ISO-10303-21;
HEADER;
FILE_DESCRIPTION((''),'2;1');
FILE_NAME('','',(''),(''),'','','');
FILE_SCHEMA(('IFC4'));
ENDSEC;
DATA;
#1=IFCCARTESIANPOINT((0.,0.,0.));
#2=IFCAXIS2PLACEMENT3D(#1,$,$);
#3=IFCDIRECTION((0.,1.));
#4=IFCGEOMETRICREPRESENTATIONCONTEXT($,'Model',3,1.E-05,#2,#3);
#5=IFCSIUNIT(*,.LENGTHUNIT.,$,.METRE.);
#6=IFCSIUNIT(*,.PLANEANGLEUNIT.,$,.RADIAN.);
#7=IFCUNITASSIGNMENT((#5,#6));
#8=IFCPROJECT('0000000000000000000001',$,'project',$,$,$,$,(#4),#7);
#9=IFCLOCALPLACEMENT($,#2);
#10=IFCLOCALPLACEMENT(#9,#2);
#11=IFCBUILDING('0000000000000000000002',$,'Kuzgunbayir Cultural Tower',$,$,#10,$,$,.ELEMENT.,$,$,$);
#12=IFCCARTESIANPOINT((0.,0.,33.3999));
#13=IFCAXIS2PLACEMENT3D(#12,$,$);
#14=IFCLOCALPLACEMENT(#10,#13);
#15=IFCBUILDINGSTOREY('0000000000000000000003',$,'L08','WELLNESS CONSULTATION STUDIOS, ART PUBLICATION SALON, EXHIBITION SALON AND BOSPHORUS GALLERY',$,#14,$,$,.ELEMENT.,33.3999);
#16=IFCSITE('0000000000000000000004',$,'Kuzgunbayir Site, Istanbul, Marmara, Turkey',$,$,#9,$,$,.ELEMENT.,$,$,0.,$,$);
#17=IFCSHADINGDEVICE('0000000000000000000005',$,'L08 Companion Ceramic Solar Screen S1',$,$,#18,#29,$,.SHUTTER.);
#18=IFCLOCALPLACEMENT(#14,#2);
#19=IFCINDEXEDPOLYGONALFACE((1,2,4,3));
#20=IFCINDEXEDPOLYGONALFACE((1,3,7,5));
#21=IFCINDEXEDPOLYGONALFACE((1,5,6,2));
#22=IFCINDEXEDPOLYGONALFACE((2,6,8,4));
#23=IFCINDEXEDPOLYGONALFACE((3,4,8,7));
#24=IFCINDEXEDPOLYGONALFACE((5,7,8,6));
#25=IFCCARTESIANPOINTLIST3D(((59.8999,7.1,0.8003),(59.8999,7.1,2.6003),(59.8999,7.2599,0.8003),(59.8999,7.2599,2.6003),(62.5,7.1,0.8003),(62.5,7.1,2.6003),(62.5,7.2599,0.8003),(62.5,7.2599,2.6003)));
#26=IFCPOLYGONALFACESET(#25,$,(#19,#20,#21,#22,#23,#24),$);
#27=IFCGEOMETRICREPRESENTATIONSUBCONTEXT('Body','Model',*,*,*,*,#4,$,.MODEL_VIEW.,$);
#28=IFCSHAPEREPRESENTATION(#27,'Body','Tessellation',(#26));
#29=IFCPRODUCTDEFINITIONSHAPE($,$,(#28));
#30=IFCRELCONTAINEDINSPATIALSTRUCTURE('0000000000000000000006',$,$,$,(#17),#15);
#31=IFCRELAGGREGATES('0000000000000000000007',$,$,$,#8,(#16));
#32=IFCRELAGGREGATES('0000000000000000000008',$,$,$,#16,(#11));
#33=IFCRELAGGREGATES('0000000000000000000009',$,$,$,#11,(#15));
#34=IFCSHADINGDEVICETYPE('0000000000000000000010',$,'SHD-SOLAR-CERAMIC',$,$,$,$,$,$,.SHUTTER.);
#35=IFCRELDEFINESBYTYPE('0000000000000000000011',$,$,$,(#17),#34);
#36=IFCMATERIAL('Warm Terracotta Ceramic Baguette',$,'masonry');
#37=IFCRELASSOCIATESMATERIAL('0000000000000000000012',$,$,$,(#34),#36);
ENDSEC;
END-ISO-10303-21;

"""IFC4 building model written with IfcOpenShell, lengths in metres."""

from ifc_helpers import new_model, si_unit, direction, frame, origin, origin_2d, place, context, subcontext, project, spatial, rectangle, extrude, material, type_object, element, save


model = new_model("IFC4")

# Units and contexts
model_context = context("Model", 3, precision=1e-05, world=origin(), true_north=direction((0.0, 1.0)))
body_context = subcontext(model_context, "Body", "Model", "MODEL_VIEW")
ifc_project = project(units=[si_unit("LENGTHUNIT", "METRE"), si_unit("PLANEANGLEUNIT", "RADIAN")], contexts=[model_context])

# Site, building, storey
site_placement = place(None, origin())
site = spatial("IfcSite", under=ifc_project, at=site_placement, Name="Kuzgunbayir Site, Istanbul, Marmara, Turkey", CompositionType="ELEMENT", RefElevation=0.0)
building_placement = place(site_placement, origin())
building = spatial("IfcBuilding", under=site, at=building_placement, Name="Kuzgunbayir Cultural Tower", CompositionType="ELEMENT")
storey_placement = place(building_placement, frame((0.0, 0.0, 33.3999)))
storey = spatial("IfcBuildingStorey", under=building, at=storey_placement, Name="L08", Description="WELLNESS CONSULTATION STUDIOS, ART PUBLICATION SALON, EXHIBITION SALON AND BOSPHORUS GALLERY", CompositionType="ELEMENT", Elevation=33.3999)

# Shading device
ifc_material_1 = material(Name="Warm Terracotta Ceramic Baguette", Category="masonry")
shading_device_type = type_object("IfcShadingDeviceType", Name="SHD-SOLAR-CERAMIC", PredefinedType="SHUTTER", material=ifc_material_1)
shading_device_placement = place(storey_placement, frame((61.2, 7.1799, 0.8003), z_axis=(0.0, 0.0, 1.0), x_axis=(1.0, 0.0, 0.0)))
element("IfcShadingDevice", 1, at=shading_device_placement, inside=storey, type_object=shading_device_type, Name="L08 Companion Ceramic Solar Screen S1", PredefinedType="SHUTTER", context=body_context, shape_type="SweptSolid", body=[
    extrude(rectangle(XDim=2.6001, YDim=0.1599, at=origin_2d()), origin(), (0.0, 0.0, 1.0), 1.8),
])

save(model, "model.ifc")
